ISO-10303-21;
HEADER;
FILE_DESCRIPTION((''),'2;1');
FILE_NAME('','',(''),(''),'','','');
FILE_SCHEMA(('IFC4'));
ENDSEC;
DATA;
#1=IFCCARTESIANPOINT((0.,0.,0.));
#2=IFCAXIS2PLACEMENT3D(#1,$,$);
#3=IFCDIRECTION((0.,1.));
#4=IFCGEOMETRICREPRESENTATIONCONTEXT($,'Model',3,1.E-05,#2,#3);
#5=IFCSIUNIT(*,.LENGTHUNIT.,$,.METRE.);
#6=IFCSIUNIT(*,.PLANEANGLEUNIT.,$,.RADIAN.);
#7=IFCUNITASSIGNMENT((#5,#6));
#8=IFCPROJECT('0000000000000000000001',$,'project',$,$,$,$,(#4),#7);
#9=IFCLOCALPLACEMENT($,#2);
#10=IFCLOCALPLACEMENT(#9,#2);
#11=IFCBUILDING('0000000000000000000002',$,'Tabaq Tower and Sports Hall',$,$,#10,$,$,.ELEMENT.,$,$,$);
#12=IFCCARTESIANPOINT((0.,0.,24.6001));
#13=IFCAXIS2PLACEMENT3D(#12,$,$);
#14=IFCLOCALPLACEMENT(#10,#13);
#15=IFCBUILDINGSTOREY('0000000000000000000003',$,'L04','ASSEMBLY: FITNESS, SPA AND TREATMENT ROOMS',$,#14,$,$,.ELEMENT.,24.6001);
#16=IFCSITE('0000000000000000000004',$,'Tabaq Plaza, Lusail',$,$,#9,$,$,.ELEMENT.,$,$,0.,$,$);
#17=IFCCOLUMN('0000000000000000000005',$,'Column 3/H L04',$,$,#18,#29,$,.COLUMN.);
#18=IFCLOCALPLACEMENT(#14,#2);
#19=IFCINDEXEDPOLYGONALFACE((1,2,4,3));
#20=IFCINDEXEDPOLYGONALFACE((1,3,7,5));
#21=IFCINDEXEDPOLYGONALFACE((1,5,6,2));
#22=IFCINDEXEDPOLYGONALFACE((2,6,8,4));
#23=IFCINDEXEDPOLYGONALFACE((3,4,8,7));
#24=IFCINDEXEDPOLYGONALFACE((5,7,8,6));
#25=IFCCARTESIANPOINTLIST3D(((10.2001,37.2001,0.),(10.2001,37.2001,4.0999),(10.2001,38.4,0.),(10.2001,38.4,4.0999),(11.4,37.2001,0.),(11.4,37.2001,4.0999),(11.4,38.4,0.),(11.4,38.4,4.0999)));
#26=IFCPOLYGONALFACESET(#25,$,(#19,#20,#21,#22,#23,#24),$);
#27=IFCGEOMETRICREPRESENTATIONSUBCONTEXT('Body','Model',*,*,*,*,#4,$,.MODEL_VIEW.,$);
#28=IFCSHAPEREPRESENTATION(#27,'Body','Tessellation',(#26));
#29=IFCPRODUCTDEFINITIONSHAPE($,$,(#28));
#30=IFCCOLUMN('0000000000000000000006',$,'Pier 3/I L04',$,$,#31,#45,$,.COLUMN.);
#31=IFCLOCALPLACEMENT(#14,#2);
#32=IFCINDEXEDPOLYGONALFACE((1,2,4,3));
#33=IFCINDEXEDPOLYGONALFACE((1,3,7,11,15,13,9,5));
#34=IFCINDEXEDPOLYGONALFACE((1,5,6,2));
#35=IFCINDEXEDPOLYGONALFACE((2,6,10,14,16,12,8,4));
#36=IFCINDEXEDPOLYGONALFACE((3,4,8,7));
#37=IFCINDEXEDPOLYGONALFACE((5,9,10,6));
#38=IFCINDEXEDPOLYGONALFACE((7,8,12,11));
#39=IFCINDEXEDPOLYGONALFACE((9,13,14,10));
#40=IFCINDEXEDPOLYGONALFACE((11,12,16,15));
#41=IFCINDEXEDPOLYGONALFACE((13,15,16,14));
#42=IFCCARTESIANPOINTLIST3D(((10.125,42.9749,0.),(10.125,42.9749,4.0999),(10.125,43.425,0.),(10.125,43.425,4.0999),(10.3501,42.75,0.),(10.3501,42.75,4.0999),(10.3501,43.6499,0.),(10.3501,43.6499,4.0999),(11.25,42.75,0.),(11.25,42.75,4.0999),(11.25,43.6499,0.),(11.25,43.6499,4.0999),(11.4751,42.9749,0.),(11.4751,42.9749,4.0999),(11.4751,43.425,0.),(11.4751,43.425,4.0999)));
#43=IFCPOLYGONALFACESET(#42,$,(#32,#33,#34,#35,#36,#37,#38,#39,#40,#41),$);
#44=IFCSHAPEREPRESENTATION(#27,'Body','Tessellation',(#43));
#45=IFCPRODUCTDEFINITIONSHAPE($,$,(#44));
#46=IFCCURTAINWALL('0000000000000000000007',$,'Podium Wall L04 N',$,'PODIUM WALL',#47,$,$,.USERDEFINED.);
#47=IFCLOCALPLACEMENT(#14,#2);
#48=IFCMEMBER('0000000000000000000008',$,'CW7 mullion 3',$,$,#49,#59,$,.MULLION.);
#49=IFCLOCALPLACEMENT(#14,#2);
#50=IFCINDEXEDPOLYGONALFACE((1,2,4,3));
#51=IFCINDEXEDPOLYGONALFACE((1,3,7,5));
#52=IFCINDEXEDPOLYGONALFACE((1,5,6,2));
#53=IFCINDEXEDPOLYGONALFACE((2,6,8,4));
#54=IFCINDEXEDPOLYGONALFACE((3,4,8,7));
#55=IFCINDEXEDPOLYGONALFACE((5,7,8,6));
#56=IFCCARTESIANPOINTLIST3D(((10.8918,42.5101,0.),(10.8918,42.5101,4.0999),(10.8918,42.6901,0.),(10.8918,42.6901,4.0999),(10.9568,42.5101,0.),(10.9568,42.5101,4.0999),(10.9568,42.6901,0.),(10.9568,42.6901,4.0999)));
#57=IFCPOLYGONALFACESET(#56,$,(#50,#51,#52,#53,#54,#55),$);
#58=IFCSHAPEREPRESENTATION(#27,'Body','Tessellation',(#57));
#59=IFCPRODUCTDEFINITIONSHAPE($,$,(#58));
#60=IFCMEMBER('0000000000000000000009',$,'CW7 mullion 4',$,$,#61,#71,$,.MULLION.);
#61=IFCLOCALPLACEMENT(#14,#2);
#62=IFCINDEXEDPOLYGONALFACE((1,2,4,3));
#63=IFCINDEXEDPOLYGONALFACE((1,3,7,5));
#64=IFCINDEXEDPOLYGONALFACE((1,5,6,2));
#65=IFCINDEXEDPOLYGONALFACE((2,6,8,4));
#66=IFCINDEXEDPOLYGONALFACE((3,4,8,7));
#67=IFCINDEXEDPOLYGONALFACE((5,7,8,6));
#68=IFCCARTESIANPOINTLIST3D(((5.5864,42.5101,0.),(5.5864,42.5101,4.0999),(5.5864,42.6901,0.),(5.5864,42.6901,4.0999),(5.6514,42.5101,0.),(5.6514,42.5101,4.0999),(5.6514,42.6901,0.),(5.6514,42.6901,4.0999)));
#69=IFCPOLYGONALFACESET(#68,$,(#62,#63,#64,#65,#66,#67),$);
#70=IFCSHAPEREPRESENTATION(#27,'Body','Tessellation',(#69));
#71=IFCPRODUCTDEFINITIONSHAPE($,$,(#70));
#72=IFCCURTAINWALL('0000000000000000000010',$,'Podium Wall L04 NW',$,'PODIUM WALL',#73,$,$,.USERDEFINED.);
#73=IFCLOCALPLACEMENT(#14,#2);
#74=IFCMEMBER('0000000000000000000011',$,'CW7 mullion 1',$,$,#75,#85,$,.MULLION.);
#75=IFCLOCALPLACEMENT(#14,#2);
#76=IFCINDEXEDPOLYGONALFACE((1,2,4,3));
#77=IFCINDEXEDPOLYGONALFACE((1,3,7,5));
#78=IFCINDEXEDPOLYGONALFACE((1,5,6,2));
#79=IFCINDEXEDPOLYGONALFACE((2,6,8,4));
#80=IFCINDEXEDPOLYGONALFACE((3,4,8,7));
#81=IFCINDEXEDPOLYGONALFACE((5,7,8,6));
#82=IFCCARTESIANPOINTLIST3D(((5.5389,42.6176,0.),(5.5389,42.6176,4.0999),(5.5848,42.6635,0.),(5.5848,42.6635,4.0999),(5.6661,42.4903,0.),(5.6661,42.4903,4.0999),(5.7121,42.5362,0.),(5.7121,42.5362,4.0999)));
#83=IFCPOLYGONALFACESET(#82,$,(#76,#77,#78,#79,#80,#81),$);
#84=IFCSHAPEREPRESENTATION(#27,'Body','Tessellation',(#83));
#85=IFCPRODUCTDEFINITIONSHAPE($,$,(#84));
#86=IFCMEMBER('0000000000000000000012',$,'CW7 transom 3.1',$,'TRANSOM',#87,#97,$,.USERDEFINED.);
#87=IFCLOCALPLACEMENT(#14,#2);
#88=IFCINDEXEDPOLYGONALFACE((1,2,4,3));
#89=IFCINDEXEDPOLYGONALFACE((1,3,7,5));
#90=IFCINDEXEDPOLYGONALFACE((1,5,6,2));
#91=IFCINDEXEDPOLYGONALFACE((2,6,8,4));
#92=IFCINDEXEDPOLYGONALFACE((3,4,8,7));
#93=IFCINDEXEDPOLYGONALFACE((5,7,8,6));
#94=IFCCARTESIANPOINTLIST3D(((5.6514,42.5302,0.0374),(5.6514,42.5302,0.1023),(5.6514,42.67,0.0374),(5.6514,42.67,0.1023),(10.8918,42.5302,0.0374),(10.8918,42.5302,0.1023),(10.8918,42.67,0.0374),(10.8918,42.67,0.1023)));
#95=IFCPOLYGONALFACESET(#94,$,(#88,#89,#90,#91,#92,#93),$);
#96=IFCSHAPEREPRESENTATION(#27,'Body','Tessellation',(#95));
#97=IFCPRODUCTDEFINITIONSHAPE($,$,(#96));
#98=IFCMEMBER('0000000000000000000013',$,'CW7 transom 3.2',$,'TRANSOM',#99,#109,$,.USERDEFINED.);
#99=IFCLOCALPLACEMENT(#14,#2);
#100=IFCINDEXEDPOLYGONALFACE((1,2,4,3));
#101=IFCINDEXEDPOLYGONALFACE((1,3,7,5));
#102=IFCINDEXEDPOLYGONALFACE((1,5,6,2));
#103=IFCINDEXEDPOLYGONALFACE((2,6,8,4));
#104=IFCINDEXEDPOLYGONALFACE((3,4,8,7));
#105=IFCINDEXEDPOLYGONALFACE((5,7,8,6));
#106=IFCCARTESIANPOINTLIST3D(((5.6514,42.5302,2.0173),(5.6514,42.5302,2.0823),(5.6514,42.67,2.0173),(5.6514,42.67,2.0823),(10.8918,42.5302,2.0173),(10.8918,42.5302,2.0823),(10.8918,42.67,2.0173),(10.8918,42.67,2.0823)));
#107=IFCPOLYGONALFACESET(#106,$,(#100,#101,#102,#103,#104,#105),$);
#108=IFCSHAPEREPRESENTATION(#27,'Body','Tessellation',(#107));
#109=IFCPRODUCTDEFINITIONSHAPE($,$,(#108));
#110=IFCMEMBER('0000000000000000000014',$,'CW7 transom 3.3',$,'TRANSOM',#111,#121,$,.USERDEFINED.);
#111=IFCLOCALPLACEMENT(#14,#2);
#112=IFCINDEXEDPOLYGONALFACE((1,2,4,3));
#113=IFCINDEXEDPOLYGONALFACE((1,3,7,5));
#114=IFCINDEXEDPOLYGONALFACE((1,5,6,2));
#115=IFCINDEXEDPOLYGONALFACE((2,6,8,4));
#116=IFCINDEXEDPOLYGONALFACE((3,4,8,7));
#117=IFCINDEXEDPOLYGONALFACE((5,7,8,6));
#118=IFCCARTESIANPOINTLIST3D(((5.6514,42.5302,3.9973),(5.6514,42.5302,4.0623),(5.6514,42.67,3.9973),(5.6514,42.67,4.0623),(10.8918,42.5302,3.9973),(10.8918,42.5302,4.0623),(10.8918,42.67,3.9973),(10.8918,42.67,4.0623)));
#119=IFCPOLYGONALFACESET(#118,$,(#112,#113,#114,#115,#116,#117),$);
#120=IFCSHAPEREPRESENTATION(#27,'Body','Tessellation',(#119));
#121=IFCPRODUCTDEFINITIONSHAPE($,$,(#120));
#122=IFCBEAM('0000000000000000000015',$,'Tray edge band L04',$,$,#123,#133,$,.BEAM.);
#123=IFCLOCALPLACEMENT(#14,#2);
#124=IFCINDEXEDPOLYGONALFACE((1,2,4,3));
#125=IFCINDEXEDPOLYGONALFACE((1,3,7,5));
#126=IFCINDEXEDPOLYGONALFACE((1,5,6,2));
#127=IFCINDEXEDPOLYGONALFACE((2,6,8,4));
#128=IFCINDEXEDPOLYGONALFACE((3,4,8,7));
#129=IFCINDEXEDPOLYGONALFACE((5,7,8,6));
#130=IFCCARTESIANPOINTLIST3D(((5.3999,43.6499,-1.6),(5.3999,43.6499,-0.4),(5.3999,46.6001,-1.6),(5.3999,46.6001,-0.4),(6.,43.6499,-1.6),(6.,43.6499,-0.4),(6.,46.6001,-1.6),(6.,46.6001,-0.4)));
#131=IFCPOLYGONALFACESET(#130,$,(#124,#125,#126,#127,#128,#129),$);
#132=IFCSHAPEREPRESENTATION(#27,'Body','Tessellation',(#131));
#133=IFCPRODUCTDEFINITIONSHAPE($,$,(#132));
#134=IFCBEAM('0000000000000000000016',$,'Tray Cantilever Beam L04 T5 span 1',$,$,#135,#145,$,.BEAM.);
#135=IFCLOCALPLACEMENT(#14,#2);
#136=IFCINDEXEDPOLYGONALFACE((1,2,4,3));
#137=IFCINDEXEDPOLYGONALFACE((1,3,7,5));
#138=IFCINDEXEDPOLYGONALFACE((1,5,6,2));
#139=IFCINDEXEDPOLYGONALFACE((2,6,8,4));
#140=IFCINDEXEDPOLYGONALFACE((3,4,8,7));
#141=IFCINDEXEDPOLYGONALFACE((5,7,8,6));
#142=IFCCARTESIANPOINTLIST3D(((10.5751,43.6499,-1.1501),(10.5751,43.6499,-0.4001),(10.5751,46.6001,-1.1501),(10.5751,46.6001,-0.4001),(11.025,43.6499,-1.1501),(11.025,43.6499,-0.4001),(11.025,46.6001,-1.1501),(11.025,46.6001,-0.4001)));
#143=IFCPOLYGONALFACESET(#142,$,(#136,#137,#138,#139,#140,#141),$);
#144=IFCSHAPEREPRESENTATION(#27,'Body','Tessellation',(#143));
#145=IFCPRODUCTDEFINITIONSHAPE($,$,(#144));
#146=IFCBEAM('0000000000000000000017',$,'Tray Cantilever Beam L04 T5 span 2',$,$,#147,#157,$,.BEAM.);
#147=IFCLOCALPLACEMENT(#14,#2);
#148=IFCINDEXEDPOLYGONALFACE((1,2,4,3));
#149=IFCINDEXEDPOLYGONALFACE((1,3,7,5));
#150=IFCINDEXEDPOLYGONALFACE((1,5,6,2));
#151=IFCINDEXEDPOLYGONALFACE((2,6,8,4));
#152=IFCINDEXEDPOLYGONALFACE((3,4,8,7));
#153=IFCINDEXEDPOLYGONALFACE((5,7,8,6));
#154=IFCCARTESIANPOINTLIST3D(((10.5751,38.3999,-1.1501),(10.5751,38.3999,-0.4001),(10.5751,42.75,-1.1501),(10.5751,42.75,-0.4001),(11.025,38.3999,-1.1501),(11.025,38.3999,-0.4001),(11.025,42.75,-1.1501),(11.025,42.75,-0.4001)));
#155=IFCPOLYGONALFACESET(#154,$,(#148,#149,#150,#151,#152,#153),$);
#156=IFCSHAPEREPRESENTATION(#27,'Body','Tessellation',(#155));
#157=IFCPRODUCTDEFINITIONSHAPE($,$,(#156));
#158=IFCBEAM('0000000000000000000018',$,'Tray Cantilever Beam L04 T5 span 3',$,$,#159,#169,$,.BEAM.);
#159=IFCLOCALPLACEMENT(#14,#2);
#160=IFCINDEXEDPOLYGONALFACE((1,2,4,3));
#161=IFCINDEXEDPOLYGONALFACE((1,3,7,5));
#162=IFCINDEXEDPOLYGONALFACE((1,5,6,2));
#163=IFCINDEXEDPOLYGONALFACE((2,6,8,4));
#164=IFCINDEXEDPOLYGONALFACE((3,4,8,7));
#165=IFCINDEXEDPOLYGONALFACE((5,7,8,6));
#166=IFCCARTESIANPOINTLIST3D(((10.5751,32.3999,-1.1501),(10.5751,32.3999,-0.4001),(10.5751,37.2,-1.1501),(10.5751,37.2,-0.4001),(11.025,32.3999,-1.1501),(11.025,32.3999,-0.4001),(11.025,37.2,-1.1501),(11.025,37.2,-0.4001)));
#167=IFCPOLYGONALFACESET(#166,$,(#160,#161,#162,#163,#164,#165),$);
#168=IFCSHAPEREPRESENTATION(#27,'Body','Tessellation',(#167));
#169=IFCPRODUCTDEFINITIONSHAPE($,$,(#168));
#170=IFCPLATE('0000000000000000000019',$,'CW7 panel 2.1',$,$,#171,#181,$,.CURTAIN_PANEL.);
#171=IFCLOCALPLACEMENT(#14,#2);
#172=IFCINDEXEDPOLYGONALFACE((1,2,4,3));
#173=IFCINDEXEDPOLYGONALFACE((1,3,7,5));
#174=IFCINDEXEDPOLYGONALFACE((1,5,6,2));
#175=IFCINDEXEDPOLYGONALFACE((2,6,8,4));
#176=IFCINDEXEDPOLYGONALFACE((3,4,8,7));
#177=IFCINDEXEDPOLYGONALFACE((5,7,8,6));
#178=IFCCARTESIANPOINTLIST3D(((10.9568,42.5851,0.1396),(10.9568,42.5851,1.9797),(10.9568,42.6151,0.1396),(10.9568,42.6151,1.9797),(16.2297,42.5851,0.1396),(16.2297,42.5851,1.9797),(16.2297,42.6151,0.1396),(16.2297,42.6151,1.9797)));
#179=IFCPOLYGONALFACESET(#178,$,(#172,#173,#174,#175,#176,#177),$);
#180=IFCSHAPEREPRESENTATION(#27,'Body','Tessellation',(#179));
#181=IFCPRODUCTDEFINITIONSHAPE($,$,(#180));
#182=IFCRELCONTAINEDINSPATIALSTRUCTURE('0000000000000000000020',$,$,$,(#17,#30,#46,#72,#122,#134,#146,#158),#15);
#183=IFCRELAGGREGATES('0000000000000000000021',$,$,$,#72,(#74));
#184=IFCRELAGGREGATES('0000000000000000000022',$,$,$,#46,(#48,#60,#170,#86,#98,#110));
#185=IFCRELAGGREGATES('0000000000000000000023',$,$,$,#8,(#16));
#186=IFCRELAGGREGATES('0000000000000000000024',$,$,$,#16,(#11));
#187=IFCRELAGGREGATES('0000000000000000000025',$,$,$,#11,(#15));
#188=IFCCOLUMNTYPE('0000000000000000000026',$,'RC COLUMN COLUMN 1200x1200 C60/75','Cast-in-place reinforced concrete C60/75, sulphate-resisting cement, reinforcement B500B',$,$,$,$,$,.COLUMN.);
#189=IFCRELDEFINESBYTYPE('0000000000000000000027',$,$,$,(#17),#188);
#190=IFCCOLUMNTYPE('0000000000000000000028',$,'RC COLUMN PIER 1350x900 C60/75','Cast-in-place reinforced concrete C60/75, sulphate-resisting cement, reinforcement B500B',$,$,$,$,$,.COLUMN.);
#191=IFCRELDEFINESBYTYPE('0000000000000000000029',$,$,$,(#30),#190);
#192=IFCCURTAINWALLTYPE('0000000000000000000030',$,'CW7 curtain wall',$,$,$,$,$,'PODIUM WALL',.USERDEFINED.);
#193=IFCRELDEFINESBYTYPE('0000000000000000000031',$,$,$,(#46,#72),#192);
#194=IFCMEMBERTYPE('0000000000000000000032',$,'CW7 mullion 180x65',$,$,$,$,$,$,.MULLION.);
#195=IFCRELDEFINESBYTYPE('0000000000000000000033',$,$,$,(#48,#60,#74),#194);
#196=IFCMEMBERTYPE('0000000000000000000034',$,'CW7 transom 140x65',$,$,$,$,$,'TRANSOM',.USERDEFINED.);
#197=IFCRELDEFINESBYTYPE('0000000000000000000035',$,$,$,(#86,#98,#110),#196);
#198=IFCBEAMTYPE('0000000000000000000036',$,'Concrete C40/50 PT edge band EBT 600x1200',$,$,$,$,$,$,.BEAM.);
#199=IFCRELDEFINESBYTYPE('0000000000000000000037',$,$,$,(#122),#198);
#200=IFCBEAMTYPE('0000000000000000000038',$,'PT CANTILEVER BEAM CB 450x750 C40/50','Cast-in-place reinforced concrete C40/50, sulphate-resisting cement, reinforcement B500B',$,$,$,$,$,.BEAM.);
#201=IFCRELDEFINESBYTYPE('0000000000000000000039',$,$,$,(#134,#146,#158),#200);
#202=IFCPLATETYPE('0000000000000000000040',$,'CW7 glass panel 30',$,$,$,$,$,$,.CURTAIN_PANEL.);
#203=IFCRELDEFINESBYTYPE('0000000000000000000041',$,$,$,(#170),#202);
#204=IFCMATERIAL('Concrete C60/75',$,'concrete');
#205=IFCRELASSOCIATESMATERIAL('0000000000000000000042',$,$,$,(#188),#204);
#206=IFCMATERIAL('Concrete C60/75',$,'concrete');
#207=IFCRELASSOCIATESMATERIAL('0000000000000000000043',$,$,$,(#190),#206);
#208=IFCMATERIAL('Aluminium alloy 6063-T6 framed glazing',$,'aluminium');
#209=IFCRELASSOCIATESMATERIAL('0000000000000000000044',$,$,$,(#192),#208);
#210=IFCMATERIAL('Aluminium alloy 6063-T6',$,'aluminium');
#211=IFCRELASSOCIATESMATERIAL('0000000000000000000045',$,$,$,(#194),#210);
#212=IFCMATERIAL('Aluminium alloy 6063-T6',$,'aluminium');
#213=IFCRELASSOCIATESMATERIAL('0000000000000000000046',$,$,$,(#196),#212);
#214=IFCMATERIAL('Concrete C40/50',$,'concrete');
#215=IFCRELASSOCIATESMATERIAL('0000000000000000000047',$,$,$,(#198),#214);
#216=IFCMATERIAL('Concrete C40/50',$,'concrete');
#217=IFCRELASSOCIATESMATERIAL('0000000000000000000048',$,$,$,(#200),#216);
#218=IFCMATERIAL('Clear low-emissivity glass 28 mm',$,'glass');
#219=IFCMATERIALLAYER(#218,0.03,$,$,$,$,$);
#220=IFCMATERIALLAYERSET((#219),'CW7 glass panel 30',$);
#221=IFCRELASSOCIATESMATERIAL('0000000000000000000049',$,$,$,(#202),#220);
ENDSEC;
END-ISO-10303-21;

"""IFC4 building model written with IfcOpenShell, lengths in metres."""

from ifc_helpers import new_model, si_unit, direction, frame, origin, origin_2d, place, context, subcontext, project, spatial, polyline, rectangle, outline, extrude, material, layer, layer_set, material_profile, profile_set, type_object, element, aggregate, save


model = new_model("IFC4")

# Units and contexts
model_context = context("Model", 3, precision=1e-05, world=origin(), true_north=direction((0.0, 1.0)))
body_context = subcontext(model_context, "Body", "Model", "MODEL_VIEW")
ifc_project = project(units=[si_unit("LENGTHUNIT", "METRE"), si_unit("PLANEANGLEUNIT", "RADIAN")], contexts=[model_context])

# Site, building, storey
site_placement = place(None, origin())
site = spatial("IfcSite", under=ifc_project, at=site_placement, Name="Tabaq Plaza, Lusail", CompositionType="ELEMENT", RefElevation=0.0)
building_placement = place(site_placement, origin())
building = spatial("IfcBuilding", under=site, at=building_placement, Name="Tabaq Tower and Sports Hall", CompositionType="ELEMENT")
storey_placement = place(building_placement, frame((0.0, 0.0, 24.6001)))
storey = spatial("IfcBuildingStorey", under=building, at=storey_placement, Name="L04", Description="ASSEMBLY: FITNESS, SPA AND TREATMENT ROOMS", CompositionType="ELEMENT", Elevation=24.6001)

# Columns
ifc_material_1 = material(Name="Concrete C60/75", Category="concrete")
ifc_material_profile_1 = material_profile(ifc_material_1, rectangle(XDim=1.2, YDim=1.2, at=origin_2d()), Name="COLUMN 1200x1200")
ifc_profile_set_1 = profile_set([ifc_material_profile_1], Name="Concrete C60/75")
column_type_1 = type_object("IfcColumnType", Name="RC COLUMN COLUMN 1200x1200 C60/75", Description="Cast-in-place reinforced concrete C60/75, sulphate-resisting cement, reinforcement B500B", PredefinedType="COLUMN", material=ifc_profile_set_1)
column_1_placement = place(storey_placement, frame((10.8, 37.8, 0.0), z_axis=(0.0, 0.0, 1.0), x_axis=(1.0, 0.0, 0.0)))
element("IfcColumn", 1, at=column_1_placement, inside=storey, type_object=column_type_1, Name="Column 3/H L04", PredefinedType="COLUMN", context=body_context, shape_type="SweptSolid", body=[
    extrude(rectangle(XDim=1.2, YDim=1.2, at=origin_2d()), origin(), (0.0, 0.0, 1.0), 4.0999),
])
ifc_material_2 = material(Name="Concrete C60/75", Category="concrete")
ifc_material_profile_2 = material_profile(ifc_material_2, outline(polyline([(-0.45, -0.45), (0.45, -0.45), (0.675, -0.2251), (0.675, 0.2251), (0.45, 0.45), (-0.45, 0.45), (-0.675, 0.2251), (-0.675, -0.2251), (-0.45, -0.45)])), Name="PIER 1350x900")
ifc_profile_set_2 = profile_set([ifc_material_profile_2], Name="Concrete C60/75")
column_type_2 = type_object("IfcColumnType", Name="RC COLUMN PIER 1350x900 C60/75", Description="Cast-in-place reinforced concrete C60/75, sulphate-resisting cement, reinforcement B500B", PredefinedType="COLUMN", material=ifc_profile_set_2)
column_2_placement = place(storey_placement, frame((10.8, 43.2, 0.0), z_axis=(0.0, 0.0, 1.0), x_axis=(1.0, 0.0, 0.0)))
element("IfcColumn", 2, at=column_2_placement, inside=storey, type_object=column_type_2, Name="Pier 3/I L04", PredefinedType="COLUMN", context=body_context, shape_type="SweptSolid", body=[
    extrude(outline(polyline([(-0.45, -0.45), (0.45, -0.45), (0.675, -0.2251), (0.675, 0.2251), (0.45, 0.45), (-0.45, 0.45), (-0.675, 0.2251), (-0.675, -0.2251), (-0.45, -0.45)])), origin(), (0.0, 0.0, 1.0), 4.0999),
])

# Curtain wall, members
ifc_material_3 = material(Name="Aluminium alloy 6063-T6 framed glazing", Category="aluminium")
curtain_wall_type = type_object("IfcCurtainWallType", Name="CW7 curtain wall", ElementType="PODIUM WALL", PredefinedType="USERDEFINED", material=ifc_material_3)
curtain_wall_1_placement = place(storey_placement, origin())
curtain_wall_1 = element("IfcCurtainWall", 3, at=curtain_wall_1_placement, inside=storey, type_object=curtain_wall_type, Name="Podium Wall L04 N", ObjectType="PODIUM WALL", PredefinedType="USERDEFINED")
ifc_material_4 = material(Name="Aluminium alloy 6063-T6", Category="aluminium")
ifc_material_profile_3 = material_profile(ifc_material_4, rectangle(XDim=0.1799, YDim=0.0649, at=origin_2d()), Name="MULLION 180x65")
ifc_profile_set_3 = profile_set([ifc_material_profile_3], Name="Aluminium alloy 6063-T6")
member_type_1 = type_object("IfcMemberType", Name="CW7 mullion 180x65", PredefinedType="MULLION", material=ifc_profile_set_3)
member_1_placement = place(storey_placement, frame((10.9243, 42.6001, 0.0), z_axis=(0.0, 0.0, 1.0), x_axis=(0.0, -1.0, 0.0)))
member_1 = element("IfcMember", 4, at=member_1_placement, type_object=member_type_1, Name="CW7 mullion 3", PredefinedType="MULLION", context=body_context, shape_type="SweptSolid", body=[
    extrude(rectangle(XDim=0.1799, YDim=0.0649, at=origin_2d()), origin(), (0.0, 0.0, 1.0), 4.0999),
])
member_2_placement = place(storey_placement, frame((5.6189, 42.6001, 0.0), z_axis=(0.0, 0.0, 1.0), x_axis=(0.0, -1.0, 0.0)))
member_2 = element("IfcMember", 5, at=member_2_placement, type_object=member_type_1, Name="CW7 mullion 4", PredefinedType="MULLION", context=body_context, shape_type="SweptSolid", body=[
    extrude(rectangle(XDim=0.1799, YDim=0.0649, at=origin_2d()), origin(), (0.0, 0.0, 1.0), 4.0999),
])

# Curtain wall, member
curtain_wall_2_placement = place(storey_placement, origin())
curtain_wall_2 = element("IfcCurtainWall", 6, at=curtain_wall_2_placement, inside=storey, type_object=curtain_wall_type, Name="Podium Wall L04 NW", ObjectType="PODIUM WALL", PredefinedType="USERDEFINED")
member_3_placement = place(storey_placement, frame((5.6255, 42.5769, 0.0), z_axis=(0.0, 0.0, 1.0), x_axis=(0.707107, -0.707107, 0.0)))
member_3 = element("IfcMember", 7, at=member_3_placement, type_object=member_type_1, Name="CW7 mullion 1", PredefinedType="MULLION", context=body_context, shape_type="SweptSolid", body=[
    extrude(rectangle(XDim=0.1799, YDim=0.0649, at=origin_2d()), origin(), (0.0, 0.0, 1.0), 4.0999),
])
aggregate(curtain_wall_2, [member_3])

# Members
ifc_material_5 = material(Name="Aluminium alloy 6063-T6", Category="aluminium")
ifc_material_profile_4 = material_profile(ifc_material_5, rectangle(XDim=0.1399, YDim=0.0649, at=origin_2d()), Name="TRANSOM 140x65")
ifc_profile_set_4 = profile_set([ifc_material_profile_4], Name="Aluminium alloy 6063-T6")
member_type_2 = type_object("IfcMemberType", Name="CW7 transom 140x65", ElementType="TRANSOM", PredefinedType="USERDEFINED", material=ifc_profile_set_4)
member_4_placement = place(storey_placement, frame((10.8918, 42.6001, 0.0698), z_axis=(-1.0, 0.0, 0.0), x_axis=(0.0, -1.0, 0.0)))
member_4 = element("IfcMember", 8, at=member_4_placement, type_object=member_type_2, Name="CW7 transom 3.1", ObjectType="TRANSOM", PredefinedType="USERDEFINED", context=body_context, shape_type="SweptSolid", body=[
    extrude(rectangle(XDim=0.1399, YDim=0.0649, at=origin_2d()), origin(), (0.0, 0.0, 1.0), 5.2405),
])
member_5_placement = place(storey_placement, frame((10.8918, 42.6001, 2.0498), z_axis=(-1.0, 0.0, 0.0), x_axis=(0.0, -1.0, 0.0)))
member_5 = element("IfcMember", 9, at=member_5_placement, type_object=member_type_2, Name="CW7 transom 3.2", ObjectType="TRANSOM", PredefinedType="USERDEFINED", context=body_context, shape_type="SweptSolid", body=[
    extrude(rectangle(XDim=0.1399, YDim=0.0649, at=origin_2d()), origin(), (0.0, 0.0, 1.0), 5.2405),
])
member_6_placement = place(storey_placement, frame((10.8918, 42.6001, 4.0298), z_axis=(-1.0, 0.0, 0.0), x_axis=(0.0, -1.0, 0.0)))
member_6 = element("IfcMember", 10, at=member_6_placement, type_object=member_type_2, Name="CW7 transom 3.3", ObjectType="TRANSOM", PredefinedType="USERDEFINED", context=body_context, shape_type="SweptSolid", body=[
    extrude(rectangle(XDim=0.1399, YDim=0.0649, at=origin_2d()), origin(), (0.0, 0.0, 1.0), 5.2405),
])

# Beams
ifc_material_6 = material(Name="Concrete C40/50", Category="concrete")
ifc_material_profile_5 = material_profile(ifc_material_6, rectangle(XDim=0.6001, YDim=1.2, at=origin_2d()), Name="EBT 600x1200")
ifc_profile_set_5 = profile_set([ifc_material_profile_5], Name="Concrete C40/50")
beam_type_1 = type_object("IfcBeamType", Name="Concrete C40/50 PT edge band EBT 600x1200", PredefinedType="BEAM", material=ifc_profile_set_5)
beam_1_placement = place(storey_placement, frame((5.7, 43.6499, -1.0), z_axis=(0.0, 1.0, 0.0), x_axis=(-1.0, 0.0, 0.0)))
element("IfcBeam", 11, at=beam_1_placement, inside=storey, type_object=beam_type_1, Name="Tray edge band L04", PredefinedType="BEAM", context=body_context, shape_type="SweptSolid", body=[
    extrude(rectangle(XDim=0.6001, YDim=1.2, at=origin_2d()), origin(), (0.0, 0.0, 1.0), 2.9502),
])
ifc_material_7 = material(Name="Concrete C40/50", Category="concrete")
ifc_material_profile_6 = material_profile(ifc_material_7, rectangle(XDim=0.45, YDim=0.75, at=origin_2d()), Name="CB 450x750")
ifc_profile_set_6 = profile_set([ifc_material_profile_6], Name="Concrete C40/50")
beam_type_2 = type_object("IfcBeamType", Name="PT CANTILEVER BEAM CB 450x750 C40/50", Description="Cast-in-place reinforced concrete C40/50, sulphate-resisting cement, reinforcement B500B", PredefinedType="BEAM", material=ifc_profile_set_6)
beam_2_placement = place(storey_placement, frame((10.8, 46.6001, -0.7751), z_axis=(0.0, -1.0, 0.0), x_axis=(1.0, 0.0, 0.0)))
element("IfcBeam", 12, at=beam_2_placement, inside=storey, type_object=beam_type_2, Name="Tray Cantilever Beam L04 T5 span 1", PredefinedType="BEAM", context=body_context, shape_type="SweptSolid", body=[
    extrude(rectangle(XDim=0.45, YDim=0.75, at=origin_2d()), origin(), (0.0, 0.0, 1.0), 2.9502),
])
beam_3_placement = place(storey_placement, frame((10.8, 42.75, -0.7751), z_axis=(0.0, -1.0, 0.0), x_axis=(1.0, 0.0, 0.0)))
element("IfcBeam", 13, at=beam_3_placement, inside=storey, type_object=beam_type_2, Name="Tray Cantilever Beam L04 T5 span 2", PredefinedType="BEAM", context=body_context, shape_type="SweptSolid", body=[
    extrude(rectangle(XDim=0.45, YDim=0.75, at=origin_2d()), origin(), (0.0, 0.0, 1.0), 4.3501),
])
beam_4_placement = place(storey_placement, frame((10.8, 37.2, -0.7751), z_axis=(0.0, -1.0, 0.0), x_axis=(1.0, 0.0, 0.0)))
element("IfcBeam", 14, at=beam_4_placement, inside=storey, type_object=beam_type_2, Name="Tray Cantilever Beam L04 T5 span 3", PredefinedType="BEAM", context=body_context, shape_type="SweptSolid", body=[
    extrude(rectangle(XDim=0.45, YDim=0.75, at=origin_2d()), origin(), (0.0, 0.0, 1.0), 4.8),
])

# Plate
ifc_material_8 = material(Name="Clear low-emissivity glass 28 mm", Category="glass")
ifc_layer_1 = layer(ifc_material_8, 0.03)
ifc_layer_set_1 = layer_set([ifc_layer_1], Name="CW7 glass panel 30")
plate_type_1 = type_object("IfcPlateType", Name="CW7 glass panel 30", PredefinedType="CURTAIN_PANEL", material=ifc_layer_set_1)
plate_1_placement = place(storey_placement, frame((13.5933, 42.6001, 0.1396), z_axis=(0.0, 0.0, 1.0), x_axis=(-1.0, 0.0, 0.0)))
plate_1 = element("IfcPlate", 15, at=plate_1_placement, type_object=plate_type_1, Name="CW7 panel 2.1", PredefinedType="CURTAIN_PANEL", context=body_context, shape_type="SweptSolid", body=[
    extrude(rectangle(XDim=5.2729, YDim=0.03, at=origin_2d()), origin(), (0.0, 0.0, 1.0), 1.8401),
])
aggregate(curtain_wall_1, [member_1, member_2, plate_1, member_4, member_5, member_6])

save(model, "model.ifc")
